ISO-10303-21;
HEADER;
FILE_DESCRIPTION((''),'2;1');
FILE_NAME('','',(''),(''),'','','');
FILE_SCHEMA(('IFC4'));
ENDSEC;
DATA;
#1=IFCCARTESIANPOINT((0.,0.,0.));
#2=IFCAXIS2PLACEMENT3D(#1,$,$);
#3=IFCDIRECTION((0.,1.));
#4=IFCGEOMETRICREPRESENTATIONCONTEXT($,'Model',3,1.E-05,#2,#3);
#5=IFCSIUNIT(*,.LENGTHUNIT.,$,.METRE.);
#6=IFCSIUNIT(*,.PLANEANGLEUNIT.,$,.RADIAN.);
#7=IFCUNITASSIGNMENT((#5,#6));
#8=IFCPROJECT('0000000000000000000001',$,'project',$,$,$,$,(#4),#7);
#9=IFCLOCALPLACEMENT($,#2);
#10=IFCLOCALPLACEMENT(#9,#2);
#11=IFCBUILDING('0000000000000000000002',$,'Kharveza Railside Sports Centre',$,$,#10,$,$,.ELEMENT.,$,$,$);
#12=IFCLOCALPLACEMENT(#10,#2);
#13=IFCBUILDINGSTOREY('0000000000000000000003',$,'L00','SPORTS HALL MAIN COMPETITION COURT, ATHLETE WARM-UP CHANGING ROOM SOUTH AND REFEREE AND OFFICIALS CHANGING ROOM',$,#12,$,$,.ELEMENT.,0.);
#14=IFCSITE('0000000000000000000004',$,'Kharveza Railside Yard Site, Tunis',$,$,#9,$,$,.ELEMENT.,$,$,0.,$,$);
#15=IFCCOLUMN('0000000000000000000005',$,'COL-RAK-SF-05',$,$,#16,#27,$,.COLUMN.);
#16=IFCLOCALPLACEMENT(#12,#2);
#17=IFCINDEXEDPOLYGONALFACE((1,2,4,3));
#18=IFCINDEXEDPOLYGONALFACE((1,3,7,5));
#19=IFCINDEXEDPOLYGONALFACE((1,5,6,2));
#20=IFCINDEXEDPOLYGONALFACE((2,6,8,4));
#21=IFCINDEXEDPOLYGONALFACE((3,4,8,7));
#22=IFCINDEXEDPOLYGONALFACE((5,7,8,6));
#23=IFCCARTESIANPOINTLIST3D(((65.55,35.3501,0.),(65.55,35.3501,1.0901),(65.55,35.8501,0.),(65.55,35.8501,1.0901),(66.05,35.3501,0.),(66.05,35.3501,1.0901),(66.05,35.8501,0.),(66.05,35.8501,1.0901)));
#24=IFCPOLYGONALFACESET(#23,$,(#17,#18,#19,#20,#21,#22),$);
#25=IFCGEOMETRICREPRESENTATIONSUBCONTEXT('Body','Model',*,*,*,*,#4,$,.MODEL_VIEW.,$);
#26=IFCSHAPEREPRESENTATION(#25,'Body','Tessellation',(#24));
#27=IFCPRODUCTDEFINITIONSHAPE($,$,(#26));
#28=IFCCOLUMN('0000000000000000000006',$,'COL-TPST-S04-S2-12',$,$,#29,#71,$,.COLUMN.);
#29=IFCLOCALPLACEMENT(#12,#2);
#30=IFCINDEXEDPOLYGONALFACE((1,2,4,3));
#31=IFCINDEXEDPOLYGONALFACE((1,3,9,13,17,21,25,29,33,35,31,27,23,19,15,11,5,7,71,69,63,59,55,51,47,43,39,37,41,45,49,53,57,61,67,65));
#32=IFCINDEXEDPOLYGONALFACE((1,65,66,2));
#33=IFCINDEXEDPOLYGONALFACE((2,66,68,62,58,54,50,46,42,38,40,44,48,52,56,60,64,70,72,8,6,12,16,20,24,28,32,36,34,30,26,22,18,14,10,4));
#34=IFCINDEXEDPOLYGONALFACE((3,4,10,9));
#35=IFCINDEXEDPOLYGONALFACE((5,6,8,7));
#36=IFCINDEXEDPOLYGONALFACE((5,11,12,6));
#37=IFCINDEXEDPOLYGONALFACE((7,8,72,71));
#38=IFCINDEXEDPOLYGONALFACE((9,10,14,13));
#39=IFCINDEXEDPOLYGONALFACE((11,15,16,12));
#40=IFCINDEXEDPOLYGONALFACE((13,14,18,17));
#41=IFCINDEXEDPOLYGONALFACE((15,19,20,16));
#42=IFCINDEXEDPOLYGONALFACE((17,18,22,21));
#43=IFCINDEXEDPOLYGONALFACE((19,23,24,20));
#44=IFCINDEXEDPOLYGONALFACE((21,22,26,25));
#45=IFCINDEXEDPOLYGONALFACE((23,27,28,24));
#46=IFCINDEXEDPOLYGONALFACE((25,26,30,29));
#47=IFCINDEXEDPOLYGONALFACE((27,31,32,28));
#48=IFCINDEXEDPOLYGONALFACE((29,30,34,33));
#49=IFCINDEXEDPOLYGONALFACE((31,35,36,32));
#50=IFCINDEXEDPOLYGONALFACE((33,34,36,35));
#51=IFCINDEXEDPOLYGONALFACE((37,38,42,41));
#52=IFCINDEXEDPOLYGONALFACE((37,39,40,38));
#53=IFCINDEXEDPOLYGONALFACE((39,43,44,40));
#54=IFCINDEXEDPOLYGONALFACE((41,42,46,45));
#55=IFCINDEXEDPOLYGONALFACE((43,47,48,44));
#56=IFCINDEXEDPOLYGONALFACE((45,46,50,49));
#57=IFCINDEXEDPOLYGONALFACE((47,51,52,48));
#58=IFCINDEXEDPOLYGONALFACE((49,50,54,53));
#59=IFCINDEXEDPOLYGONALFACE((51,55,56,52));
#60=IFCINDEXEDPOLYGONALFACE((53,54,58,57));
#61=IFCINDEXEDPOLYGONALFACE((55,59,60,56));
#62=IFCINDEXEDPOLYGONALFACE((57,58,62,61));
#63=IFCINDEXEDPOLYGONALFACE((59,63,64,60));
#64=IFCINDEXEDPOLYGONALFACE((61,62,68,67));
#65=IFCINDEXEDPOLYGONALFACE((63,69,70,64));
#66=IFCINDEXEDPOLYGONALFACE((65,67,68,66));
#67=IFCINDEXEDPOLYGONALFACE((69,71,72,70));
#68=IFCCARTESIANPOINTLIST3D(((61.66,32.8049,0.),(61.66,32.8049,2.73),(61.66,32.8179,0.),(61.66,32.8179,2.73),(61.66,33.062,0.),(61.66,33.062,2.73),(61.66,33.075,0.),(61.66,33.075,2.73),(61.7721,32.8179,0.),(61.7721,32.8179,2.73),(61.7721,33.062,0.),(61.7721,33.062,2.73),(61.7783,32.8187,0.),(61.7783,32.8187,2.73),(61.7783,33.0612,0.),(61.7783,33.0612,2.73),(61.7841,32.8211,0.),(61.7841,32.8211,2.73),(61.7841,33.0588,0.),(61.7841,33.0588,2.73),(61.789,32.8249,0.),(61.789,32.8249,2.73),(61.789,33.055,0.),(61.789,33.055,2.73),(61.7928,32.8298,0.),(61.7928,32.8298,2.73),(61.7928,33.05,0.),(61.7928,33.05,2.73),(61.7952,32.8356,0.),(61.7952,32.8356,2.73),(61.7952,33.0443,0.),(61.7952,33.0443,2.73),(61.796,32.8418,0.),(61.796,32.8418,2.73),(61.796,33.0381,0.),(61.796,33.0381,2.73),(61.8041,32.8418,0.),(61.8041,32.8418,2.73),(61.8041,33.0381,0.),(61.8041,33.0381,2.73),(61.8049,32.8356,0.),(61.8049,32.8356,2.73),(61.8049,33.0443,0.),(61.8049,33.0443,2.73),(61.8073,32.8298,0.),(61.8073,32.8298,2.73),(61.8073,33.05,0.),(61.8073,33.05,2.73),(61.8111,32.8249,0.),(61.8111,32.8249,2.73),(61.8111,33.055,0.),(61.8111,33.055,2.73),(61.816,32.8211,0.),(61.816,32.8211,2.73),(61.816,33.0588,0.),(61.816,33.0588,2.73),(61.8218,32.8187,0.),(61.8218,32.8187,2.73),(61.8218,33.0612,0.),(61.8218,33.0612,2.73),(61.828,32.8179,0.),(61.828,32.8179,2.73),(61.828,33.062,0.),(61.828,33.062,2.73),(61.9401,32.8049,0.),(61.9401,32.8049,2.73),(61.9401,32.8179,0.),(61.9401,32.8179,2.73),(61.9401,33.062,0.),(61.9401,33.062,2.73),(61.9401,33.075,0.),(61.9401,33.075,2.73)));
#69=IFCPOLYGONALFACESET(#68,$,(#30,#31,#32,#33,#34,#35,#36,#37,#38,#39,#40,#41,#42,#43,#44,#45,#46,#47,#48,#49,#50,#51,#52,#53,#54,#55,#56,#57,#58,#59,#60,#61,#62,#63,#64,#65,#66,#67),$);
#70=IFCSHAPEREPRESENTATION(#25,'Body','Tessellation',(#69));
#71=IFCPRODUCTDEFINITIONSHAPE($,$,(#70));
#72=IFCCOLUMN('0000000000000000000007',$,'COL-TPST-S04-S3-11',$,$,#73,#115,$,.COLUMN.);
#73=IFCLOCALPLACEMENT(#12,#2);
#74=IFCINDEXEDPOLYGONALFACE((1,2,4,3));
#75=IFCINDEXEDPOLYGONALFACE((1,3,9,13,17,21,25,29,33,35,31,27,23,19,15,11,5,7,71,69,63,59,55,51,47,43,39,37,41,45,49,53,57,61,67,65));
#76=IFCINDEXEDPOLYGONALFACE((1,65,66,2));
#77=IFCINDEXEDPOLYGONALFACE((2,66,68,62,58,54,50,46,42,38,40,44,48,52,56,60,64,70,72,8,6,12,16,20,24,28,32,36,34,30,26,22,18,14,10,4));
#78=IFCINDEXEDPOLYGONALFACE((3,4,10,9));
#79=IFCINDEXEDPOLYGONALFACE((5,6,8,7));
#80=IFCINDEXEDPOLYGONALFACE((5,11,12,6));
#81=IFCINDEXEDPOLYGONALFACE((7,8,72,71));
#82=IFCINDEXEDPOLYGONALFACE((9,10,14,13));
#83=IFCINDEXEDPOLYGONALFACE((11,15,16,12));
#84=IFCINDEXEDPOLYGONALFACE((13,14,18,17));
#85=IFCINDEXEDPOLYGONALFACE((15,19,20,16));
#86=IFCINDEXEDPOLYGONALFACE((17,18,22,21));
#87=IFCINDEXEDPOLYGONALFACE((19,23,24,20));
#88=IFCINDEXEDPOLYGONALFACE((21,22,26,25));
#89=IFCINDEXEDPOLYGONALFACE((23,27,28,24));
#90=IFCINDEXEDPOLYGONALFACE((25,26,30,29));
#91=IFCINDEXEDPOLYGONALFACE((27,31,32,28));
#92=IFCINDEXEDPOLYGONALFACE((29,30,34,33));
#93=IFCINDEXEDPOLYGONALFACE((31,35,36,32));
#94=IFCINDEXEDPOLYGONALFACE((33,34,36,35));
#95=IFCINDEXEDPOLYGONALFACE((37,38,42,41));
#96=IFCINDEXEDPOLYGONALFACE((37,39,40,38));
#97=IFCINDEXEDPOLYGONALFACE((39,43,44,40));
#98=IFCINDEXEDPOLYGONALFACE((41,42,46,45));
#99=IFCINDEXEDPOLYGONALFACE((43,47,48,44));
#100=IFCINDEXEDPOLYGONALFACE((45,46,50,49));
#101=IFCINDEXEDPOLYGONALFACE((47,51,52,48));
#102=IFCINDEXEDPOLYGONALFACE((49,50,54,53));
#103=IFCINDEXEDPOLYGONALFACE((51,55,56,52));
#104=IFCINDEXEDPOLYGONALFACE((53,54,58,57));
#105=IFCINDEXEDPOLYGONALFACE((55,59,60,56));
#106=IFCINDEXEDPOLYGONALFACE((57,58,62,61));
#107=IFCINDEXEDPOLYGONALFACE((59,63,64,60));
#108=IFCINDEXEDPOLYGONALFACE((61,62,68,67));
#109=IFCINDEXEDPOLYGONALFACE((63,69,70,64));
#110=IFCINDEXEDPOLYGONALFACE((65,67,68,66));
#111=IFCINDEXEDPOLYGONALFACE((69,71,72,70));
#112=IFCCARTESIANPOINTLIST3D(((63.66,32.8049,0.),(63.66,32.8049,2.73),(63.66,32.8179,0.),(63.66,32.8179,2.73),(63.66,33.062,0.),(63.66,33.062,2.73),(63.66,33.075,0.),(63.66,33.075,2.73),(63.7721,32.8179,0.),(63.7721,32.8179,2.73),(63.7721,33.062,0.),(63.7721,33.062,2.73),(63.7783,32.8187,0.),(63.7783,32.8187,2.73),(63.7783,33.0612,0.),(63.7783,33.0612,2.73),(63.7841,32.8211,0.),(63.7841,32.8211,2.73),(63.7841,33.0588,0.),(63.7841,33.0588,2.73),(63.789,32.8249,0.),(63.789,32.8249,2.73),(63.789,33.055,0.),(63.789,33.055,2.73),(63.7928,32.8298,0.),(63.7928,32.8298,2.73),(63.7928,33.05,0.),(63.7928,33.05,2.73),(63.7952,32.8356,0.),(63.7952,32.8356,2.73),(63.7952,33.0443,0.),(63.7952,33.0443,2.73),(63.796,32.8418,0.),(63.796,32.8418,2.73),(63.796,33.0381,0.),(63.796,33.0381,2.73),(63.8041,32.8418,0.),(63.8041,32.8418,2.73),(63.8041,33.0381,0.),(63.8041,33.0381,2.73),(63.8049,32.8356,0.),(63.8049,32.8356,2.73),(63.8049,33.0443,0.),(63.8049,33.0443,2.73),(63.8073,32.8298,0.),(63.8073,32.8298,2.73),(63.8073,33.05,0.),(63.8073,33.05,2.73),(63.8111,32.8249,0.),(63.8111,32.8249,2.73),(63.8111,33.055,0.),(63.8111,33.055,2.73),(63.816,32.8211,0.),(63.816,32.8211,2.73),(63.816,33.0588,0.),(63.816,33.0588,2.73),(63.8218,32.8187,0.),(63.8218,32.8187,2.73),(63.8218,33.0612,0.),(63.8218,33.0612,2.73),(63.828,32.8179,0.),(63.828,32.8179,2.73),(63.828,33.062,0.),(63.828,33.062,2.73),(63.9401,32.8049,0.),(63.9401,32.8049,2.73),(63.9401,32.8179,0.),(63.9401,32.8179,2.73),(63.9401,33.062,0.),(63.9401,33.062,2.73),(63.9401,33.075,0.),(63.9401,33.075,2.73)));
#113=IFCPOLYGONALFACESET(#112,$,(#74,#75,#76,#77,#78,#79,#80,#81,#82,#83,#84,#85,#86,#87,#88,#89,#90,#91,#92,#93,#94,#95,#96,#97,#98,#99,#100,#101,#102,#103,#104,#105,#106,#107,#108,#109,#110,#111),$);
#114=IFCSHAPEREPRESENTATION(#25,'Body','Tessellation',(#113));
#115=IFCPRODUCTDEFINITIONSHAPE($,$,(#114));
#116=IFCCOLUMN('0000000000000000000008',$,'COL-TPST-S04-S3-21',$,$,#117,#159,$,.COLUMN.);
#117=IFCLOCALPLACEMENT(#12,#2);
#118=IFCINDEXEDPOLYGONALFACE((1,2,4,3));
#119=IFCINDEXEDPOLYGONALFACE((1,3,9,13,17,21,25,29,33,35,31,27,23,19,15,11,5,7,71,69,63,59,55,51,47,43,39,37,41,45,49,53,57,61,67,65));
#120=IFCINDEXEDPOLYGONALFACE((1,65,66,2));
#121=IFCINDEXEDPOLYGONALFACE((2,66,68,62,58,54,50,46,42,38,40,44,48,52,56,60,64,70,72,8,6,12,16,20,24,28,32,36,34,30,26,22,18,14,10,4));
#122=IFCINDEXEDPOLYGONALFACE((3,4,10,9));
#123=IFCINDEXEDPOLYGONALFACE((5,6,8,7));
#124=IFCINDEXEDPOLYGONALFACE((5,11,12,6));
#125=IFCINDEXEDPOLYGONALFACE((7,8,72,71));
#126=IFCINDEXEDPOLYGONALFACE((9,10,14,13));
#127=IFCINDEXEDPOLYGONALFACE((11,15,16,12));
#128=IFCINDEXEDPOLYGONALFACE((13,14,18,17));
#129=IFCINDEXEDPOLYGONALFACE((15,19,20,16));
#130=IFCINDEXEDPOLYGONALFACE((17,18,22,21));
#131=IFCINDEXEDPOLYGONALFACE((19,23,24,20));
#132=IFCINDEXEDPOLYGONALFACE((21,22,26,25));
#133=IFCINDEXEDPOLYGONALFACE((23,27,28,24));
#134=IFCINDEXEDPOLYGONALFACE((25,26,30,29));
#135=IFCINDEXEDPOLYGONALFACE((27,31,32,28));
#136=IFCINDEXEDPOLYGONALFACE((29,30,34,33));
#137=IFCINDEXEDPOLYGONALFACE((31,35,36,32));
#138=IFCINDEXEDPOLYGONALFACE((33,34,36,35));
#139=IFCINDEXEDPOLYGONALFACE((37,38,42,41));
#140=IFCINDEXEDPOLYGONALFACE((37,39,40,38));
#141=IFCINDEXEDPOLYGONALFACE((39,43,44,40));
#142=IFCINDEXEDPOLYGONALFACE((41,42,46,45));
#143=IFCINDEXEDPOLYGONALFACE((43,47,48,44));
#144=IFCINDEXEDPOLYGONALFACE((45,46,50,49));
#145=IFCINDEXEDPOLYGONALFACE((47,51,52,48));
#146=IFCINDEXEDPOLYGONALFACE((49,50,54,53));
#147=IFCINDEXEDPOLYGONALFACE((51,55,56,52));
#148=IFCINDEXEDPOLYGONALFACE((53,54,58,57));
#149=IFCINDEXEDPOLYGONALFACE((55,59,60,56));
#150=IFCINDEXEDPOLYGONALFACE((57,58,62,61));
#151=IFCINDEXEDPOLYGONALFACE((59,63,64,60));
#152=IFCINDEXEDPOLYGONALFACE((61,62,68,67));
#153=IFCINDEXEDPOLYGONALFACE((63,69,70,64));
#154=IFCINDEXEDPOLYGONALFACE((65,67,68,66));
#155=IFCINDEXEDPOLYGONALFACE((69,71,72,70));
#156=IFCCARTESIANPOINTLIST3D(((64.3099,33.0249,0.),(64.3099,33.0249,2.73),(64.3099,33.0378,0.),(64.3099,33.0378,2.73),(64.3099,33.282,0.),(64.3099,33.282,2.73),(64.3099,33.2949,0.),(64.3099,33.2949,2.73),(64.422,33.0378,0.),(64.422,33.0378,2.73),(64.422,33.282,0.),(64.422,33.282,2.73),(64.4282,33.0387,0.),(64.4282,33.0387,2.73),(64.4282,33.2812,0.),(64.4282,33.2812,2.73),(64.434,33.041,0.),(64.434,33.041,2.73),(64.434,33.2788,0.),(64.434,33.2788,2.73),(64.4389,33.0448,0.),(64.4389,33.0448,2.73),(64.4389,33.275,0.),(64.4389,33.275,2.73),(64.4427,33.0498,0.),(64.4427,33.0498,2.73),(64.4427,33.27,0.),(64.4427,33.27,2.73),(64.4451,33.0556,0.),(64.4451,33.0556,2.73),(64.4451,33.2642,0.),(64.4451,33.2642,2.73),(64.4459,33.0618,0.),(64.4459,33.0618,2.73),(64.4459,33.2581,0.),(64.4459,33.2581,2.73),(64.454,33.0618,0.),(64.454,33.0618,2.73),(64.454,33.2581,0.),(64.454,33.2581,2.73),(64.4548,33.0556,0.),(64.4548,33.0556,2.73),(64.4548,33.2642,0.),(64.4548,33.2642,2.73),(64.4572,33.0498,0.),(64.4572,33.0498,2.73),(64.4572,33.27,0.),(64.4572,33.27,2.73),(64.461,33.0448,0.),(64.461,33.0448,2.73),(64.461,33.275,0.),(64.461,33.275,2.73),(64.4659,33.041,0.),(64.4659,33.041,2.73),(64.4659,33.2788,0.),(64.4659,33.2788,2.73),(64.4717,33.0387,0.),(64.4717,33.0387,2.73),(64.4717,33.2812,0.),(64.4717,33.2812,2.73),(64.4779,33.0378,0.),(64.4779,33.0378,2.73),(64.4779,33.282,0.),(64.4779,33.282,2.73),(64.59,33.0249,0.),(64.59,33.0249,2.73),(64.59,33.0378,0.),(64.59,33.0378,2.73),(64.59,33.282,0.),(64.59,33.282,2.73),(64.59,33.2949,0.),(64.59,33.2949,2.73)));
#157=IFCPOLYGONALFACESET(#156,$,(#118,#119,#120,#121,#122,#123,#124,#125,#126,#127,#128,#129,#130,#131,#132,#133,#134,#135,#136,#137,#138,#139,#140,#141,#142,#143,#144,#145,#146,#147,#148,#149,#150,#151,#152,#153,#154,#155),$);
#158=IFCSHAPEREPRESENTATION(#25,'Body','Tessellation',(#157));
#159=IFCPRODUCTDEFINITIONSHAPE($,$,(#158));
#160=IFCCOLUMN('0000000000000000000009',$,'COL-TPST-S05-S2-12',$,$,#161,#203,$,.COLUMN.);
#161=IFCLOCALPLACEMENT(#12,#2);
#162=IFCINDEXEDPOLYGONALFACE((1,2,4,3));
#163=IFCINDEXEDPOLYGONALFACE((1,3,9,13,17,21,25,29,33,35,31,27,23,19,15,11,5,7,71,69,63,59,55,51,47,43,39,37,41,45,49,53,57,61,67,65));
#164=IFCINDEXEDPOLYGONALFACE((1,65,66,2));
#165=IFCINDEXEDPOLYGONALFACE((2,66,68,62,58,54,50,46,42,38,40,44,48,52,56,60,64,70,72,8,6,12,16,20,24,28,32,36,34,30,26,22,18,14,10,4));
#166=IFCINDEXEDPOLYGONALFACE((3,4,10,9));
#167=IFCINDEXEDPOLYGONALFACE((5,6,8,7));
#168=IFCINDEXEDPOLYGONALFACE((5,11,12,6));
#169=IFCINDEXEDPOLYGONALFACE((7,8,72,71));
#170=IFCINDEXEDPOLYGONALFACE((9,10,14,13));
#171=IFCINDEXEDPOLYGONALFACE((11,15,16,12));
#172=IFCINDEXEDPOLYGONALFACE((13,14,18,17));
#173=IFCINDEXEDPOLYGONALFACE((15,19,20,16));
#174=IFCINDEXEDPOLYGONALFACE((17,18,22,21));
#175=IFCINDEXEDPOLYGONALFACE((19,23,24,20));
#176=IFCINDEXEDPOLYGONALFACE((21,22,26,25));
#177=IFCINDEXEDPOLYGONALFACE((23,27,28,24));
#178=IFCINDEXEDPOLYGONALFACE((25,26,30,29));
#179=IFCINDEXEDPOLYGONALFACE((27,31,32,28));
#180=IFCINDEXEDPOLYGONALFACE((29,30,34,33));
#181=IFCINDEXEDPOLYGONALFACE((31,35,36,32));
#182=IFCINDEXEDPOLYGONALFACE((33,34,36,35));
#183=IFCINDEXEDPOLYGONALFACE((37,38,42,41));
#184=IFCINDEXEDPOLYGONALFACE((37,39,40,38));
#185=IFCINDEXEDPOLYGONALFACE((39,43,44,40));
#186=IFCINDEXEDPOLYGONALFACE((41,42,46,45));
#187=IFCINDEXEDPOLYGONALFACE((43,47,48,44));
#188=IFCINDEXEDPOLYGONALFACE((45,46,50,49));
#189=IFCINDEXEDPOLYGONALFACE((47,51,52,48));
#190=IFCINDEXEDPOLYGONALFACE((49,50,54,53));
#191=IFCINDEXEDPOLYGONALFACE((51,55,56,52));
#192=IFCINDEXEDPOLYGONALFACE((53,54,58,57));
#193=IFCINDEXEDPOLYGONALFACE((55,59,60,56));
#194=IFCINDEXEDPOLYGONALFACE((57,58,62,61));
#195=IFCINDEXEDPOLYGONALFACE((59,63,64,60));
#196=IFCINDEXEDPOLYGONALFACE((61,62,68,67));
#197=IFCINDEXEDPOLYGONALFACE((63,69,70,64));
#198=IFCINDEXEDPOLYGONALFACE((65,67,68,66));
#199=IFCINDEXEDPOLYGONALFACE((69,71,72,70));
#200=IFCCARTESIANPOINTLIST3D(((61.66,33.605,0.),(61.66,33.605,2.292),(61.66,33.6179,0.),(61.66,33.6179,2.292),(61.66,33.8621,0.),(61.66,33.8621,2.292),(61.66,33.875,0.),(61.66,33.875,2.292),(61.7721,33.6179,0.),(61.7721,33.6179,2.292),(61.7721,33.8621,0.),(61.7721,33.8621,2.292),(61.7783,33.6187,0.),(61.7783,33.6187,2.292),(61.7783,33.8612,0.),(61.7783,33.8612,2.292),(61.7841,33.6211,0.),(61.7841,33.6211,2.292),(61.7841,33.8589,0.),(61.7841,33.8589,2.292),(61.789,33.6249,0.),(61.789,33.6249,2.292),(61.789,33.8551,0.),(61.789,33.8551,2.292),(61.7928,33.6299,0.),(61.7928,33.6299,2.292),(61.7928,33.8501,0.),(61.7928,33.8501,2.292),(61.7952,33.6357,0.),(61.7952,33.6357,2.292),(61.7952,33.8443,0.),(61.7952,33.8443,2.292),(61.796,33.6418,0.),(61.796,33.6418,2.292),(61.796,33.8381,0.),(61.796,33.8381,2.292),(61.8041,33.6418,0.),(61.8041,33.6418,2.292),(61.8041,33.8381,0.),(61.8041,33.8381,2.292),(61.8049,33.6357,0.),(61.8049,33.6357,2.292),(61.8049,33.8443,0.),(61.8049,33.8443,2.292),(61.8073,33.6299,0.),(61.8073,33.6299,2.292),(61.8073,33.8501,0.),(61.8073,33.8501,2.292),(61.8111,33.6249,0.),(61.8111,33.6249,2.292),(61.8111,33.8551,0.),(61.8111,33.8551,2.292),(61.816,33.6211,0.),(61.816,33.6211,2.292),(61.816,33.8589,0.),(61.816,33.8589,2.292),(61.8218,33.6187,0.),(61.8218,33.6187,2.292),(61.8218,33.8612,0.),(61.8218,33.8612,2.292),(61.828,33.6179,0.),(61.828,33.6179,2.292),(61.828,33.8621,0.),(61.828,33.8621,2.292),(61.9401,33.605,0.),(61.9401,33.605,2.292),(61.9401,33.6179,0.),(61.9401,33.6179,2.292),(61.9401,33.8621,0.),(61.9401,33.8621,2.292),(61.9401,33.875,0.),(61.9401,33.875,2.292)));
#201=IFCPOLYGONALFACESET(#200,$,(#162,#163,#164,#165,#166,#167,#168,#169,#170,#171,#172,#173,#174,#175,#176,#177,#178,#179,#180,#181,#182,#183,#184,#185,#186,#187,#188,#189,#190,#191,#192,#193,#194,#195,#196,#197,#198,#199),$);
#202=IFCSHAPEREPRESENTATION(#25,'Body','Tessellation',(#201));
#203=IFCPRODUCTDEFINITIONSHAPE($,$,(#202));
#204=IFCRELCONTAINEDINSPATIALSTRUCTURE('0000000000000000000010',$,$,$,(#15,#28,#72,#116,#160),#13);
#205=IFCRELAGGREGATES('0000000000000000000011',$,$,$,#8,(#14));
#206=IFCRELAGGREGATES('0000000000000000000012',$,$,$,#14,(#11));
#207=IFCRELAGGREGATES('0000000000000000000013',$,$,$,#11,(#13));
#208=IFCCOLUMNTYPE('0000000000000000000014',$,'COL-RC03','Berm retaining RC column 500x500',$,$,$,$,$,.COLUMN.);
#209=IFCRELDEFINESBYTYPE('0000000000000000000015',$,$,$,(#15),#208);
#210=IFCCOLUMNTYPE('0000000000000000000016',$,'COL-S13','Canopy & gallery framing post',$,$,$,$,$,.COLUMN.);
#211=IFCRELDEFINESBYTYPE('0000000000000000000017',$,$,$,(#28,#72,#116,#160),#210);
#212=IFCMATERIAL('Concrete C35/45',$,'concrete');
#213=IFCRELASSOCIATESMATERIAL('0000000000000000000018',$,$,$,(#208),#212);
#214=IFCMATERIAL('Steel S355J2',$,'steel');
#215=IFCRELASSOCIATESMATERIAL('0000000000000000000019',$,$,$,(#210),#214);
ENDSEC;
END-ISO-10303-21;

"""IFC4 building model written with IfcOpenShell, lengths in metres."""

from ifc_helpers import new_model, si_unit, direction, frame, origin, origin_2d, place, context, subcontext, project, spatial, rectangle, i_section, extrude, material, material_profile, profile_set, type_object, element, save


model = new_model("IFC4")

# Units and contexts
model_context = context("Model", 3, precision=1e-05, world=origin(), true_north=direction((0.0, 1.0)))
body_context = subcontext(model_context, "Body", "Model", "MODEL_VIEW")
ifc_project = project(units=[si_unit("LENGTHUNIT", "METRE"), si_unit("PLANEANGLEUNIT", "RADIAN")], contexts=[model_context])

# Site, building, storey
site_placement = place(None, origin())
site = spatial("IfcSite", under=ifc_project, at=site_placement, Name="Kharveza Railside Yard Site, Tunis", CompositionType="ELEMENT", RefElevation=0.0)
building_placement = place(site_placement, origin())
building = spatial("IfcBuilding", under=site, at=building_placement, Name="Kharveza Railside Sports Centre", CompositionType="ELEMENT")
storey_placement = place(building_placement, origin())
storey = spatial("IfcBuildingStorey", under=building, at=storey_placement, Name="L00", Description="SPORTS HALL MAIN COMPETITION COURT, ATHLETE WARM-UP CHANGING ROOM SOUTH AND REFEREE AND OFFICIALS CHANGING ROOM", CompositionType="ELEMENT", Elevation=0.0)

# Columns
ifc_material_1 = material(Name="Concrete C35/45", Category="concrete")
ifc_material_profile_1 = material_profile(ifc_material_1, rectangle(XDim=0.5, YDim=0.5, at=origin_2d()), Name="RC 500x500")
ifc_profile_set_1 = profile_set([ifc_material_profile_1], Name="Concrete C35/45")
column_type_1 = type_object("IfcColumnType", Name="COL-RC03", Description="Berm retaining RC column 500x500", PredefinedType="COLUMN", material=ifc_profile_set_1)
column_placement = place(storey_placement, frame((65.8, 35.6001, 0.0), z_axis=(0.0, 0.0, 1.0), x_axis=(1.0, 0.0, 0.0)))
element("IfcColumn", 1, at=column_placement, inside=storey, type_object=column_type_1, Name="COL-RAK-SF-05", PredefinedType="COLUMN", context=body_context, shape_type="SweptSolid", body=[
    extrude(rectangle(XDim=0.5, YDim=0.5, at=origin_2d()), origin(), (0.0, 0.0, 1.0), 1.0901),
])
ifc_material_2 = material(Name="Steel S355J2", Category="steel")
ifc_material_profile_2 = material_profile(ifc_material_2, i_section(OverallWidth=0.28, OverallDepth=0.27, WebThickness=0.0081, FlangeThickness=0.0129, FilletRadius=0.0239, at=origin_2d()), Name="HEA 280")
ifc_profile_set_2 = profile_set([ifc_material_profile_2], Name="Steel S355J2")
column_type_2 = type_object("IfcColumnType", Name="COL-S13", Description="Canopy & gallery framing post", PredefinedType="COLUMN", material=ifc_profile_set_2)
for number, where, z_axis, x_axis, name in (
    (2, (61.8, 32.9399, 0.0), (0.0, 0.0, 1.0), (1.0, 0.0, 0.0), "COL-TPST-S04-S2-12"),
    (3, (63.8, 32.9399, 0.0), (0.0, 0.0, 1.0), (1.0, 0.0, 0.0), "COL-TPST-S04-S3-11"),
    (4, (64.45, 33.1599, 0.0), (0.0, 0.0, 1.0), (1.0, 0.0, 0.0), "COL-TPST-S04-S3-21"),
):
    element("IfcColumn", number, at=place(storey_placement, frame(where, z_axis=z_axis, x_axis=x_axis)), inside=storey, type_object=column_type_2, Name=name, PredefinedType="COLUMN", context=body_context, shape_type="SweptSolid", body=[
        extrude(i_section(OverallWidth=0.28, OverallDepth=0.27, WebThickness=0.0081, FlangeThickness=0.0129, FilletRadius=0.0239, at=origin_2d()), origin(), (0.0, 0.0, 1.0), 2.73),
    ])
for number, where, z_axis, x_axis, name in (
    (5, (61.8, 33.74, 0.0), (0.0, 0.0, 1.0), (1.0, 0.0, 0.0), "COL-TPST-S05-S2-12"),
):
    element("IfcColumn", number, at=place(storey_placement, frame(where, z_axis=z_axis, x_axis=x_axis)), inside=storey, type_object=column_type_2, Name=name, PredefinedType="COLUMN", context=body_context, shape_type="SweptSolid", body=[
        extrude(i_section(OverallWidth=0.28, OverallDepth=0.27, WebThickness=0.0081, FlangeThickness=0.0129, FilletRadius=0.0239, at=origin_2d()), origin(), (0.0, 0.0, 1.0), 2.292),
    ])

save(model, "model.ifc")
